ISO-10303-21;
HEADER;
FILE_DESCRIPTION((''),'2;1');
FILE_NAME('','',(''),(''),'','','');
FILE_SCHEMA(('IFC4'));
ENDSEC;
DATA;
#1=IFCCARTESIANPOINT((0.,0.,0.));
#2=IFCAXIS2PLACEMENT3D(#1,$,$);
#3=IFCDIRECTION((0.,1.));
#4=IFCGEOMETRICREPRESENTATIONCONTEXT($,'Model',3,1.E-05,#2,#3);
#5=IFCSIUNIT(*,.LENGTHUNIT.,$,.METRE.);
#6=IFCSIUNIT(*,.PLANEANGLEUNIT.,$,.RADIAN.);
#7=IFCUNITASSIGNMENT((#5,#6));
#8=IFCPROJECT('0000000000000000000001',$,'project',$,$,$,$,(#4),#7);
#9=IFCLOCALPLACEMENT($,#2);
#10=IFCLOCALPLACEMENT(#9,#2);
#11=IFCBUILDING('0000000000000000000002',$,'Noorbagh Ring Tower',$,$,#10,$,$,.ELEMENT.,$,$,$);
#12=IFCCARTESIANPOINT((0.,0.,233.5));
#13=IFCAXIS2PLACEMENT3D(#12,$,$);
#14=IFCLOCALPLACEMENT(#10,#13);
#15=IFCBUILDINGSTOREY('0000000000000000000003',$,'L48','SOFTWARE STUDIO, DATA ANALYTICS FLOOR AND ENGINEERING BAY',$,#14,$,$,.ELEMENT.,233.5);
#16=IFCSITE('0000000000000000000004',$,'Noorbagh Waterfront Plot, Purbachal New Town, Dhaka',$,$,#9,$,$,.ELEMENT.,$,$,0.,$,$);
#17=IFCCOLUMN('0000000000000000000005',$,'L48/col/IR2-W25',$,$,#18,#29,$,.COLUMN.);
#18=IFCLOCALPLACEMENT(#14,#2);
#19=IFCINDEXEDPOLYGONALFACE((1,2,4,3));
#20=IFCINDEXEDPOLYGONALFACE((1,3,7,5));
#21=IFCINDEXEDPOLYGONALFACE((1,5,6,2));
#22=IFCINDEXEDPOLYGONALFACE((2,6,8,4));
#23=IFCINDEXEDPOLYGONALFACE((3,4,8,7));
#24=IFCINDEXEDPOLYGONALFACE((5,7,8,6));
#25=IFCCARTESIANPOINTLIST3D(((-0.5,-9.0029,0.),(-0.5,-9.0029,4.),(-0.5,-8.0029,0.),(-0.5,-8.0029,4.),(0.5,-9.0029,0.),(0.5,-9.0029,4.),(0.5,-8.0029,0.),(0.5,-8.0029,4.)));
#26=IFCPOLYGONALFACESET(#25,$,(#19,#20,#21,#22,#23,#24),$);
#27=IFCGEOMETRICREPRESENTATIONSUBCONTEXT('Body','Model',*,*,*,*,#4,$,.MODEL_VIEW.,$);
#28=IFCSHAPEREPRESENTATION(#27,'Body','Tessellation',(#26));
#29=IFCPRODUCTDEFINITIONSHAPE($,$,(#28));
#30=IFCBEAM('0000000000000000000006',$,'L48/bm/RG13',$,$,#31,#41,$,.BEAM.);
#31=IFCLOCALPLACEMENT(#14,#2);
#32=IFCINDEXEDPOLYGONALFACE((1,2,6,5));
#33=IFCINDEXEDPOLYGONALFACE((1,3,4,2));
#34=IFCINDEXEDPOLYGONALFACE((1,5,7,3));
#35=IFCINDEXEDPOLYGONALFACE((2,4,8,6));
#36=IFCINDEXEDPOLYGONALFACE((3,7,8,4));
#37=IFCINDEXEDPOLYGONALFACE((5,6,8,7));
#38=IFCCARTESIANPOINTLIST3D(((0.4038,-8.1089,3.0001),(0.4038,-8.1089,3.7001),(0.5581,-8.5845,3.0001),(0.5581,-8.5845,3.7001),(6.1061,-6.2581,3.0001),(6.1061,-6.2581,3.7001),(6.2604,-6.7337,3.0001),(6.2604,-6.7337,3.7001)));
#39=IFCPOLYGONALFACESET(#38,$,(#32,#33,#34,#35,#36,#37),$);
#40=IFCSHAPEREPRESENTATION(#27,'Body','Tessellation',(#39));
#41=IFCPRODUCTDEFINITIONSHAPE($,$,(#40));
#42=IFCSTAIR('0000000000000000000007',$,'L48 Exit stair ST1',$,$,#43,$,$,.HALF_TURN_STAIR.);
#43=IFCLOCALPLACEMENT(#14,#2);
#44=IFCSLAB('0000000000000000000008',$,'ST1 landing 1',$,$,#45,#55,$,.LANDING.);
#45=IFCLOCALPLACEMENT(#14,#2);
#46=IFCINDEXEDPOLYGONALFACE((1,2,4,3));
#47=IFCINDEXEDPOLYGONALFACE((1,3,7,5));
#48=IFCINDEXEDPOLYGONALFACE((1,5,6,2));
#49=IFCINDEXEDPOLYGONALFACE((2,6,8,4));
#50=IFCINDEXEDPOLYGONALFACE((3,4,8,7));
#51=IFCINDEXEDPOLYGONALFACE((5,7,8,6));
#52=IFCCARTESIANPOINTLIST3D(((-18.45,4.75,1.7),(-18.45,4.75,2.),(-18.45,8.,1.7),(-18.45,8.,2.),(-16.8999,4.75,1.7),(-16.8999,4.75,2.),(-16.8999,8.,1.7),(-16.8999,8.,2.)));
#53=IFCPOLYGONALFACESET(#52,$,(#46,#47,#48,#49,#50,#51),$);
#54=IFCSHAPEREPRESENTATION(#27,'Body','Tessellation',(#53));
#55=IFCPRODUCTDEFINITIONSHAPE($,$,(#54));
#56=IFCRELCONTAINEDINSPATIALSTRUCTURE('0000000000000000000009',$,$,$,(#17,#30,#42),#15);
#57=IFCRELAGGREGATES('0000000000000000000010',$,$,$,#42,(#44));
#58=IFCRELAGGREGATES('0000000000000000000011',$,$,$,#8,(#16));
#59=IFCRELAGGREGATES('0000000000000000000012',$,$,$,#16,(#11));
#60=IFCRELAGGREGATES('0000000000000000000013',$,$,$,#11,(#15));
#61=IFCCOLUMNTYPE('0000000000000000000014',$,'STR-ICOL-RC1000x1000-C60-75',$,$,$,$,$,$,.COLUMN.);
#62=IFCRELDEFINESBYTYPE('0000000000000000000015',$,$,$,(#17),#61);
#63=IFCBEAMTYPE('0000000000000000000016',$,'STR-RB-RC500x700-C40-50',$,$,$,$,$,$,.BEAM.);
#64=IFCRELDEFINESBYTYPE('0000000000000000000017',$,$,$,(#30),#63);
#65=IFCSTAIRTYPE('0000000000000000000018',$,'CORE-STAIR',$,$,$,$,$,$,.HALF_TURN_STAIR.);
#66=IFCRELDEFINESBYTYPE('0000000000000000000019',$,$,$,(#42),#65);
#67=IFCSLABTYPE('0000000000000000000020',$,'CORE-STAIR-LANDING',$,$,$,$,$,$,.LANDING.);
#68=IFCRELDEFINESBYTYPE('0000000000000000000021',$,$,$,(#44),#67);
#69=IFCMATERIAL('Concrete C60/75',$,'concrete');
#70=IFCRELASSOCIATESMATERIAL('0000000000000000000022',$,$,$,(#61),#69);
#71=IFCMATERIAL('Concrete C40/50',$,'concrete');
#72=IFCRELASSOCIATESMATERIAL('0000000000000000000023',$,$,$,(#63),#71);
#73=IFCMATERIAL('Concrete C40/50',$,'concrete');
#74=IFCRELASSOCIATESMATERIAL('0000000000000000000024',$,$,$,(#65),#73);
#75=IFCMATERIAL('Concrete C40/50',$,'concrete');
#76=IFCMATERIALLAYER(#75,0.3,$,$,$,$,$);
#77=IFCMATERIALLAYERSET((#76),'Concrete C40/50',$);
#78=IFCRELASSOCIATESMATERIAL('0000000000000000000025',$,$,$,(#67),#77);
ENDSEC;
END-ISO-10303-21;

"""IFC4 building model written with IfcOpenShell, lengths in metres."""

from ifc_helpers import new_model, si_unit, direction, frame, origin, origin_2d, place, context, subcontext, project, spatial, polyline, rectangle, outline, extrude, material, layer, layer_set, material_profile, profile_set, type_object, element, aggregate, save


model = new_model("IFC4")

# Units and contexts
model_context = context("Model", 3, precision=1e-05, world=origin(), true_north=direction((0.0, 1.0)))
body_context = subcontext(model_context, "Body", "Model", "MODEL_VIEW")
ifc_project = project(units=[si_unit("LENGTHUNIT", "METRE"), si_unit("PLANEANGLEUNIT", "RADIAN")], contexts=[model_context])

# Site, building, storey
site_placement = place(None, origin())
site = spatial("IfcSite", under=ifc_project, at=site_placement, Name="Noorbagh Waterfront Plot, Purbachal New Town, Dhaka", CompositionType="ELEMENT", RefElevation=0.0)
building_placement = place(site_placement, origin())
building = spatial("IfcBuilding", under=site, at=building_placement, Name="Noorbagh Ring Tower", CompositionType="ELEMENT")
storey_placement = place(building_placement, frame((0.0, 0.0, 233.5)))
storey = spatial("IfcBuildingStorey", under=building, at=storey_placement, Name="L48", Description="SOFTWARE STUDIO, DATA ANALYTICS FLOOR AND ENGINEERING BAY", CompositionType="ELEMENT", Elevation=233.5)

# Column
ifc_material_1 = material(Name="Concrete C60/75", Category="concrete")
ifc_material_profile_1 = material_profile(ifc_material_1, rectangle(XDim=1.0, YDim=1.0, at=origin_2d()), Name="RC1000x1000")
ifc_profile_set_1 = profile_set([ifc_material_profile_1], Name="Concrete C60/75")
column_type = type_object("IfcColumnType", Name="STR-ICOL-RC1000x1000-C60-75", PredefinedType="COLUMN", material=ifc_profile_set_1)
column_placement = place(storey_placement, frame((0.0, -8.5029, 0.0), z_axis=(0.0, 0.0, 1.0), x_axis=(1.0, 0.0, 0.0)))
element("IfcColumn", 1, at=column_placement, inside=storey, type_object=column_type, Name="L48/col/IR2-W25", PredefinedType="COLUMN", context=body_context, shape_type="SweptSolid", body=[
    extrude(rectangle(XDim=1.0, YDim=1.0, at=origin_2d()), origin(), (0.0, 0.0, 1.0), 4.0),
])

# Beam
ifc_material_2 = material(Name="Concrete C40/50", Category="concrete")
ifc_material_profile_2 = material_profile(ifc_material_2, rectangle(XDim=0.5, YDim=0.7, at=origin_2d()), Name="RC500x700")
ifc_profile_set_2 = profile_set([ifc_material_profile_2], Name="Concrete C40/50")
beam_type = type_object("IfcBeamType", Name="STR-RB-RC500x700-C40-50", PredefinedType="BEAM", material=ifc_profile_set_2)
beam_placement = place(storey_placement, frame((0.481, -8.3467, 3.3501), z_axis=(0.951154, 0.308717, 0.0), x_axis=(-0.308717, 0.951154, 0.0)))
element("IfcBeam", 2, at=beam_placement, inside=storey, type_object=beam_type, Name="L48/bm/RG13", PredefinedType="BEAM", context=body_context, shape_type="SweptSolid", body=[
    extrude(rectangle(XDim=0.5, YDim=0.7, at=origin_2d()), origin(), (0.0, 0.0, 1.0), 5.9951),
])

# Stair, slab
ifc_material_3 = material(Name="Concrete C40/50", Category="concrete")
stair_type = type_object("IfcStairType", Name="CORE-STAIR", PredefinedType="HALF_TURN_STAIR", material=ifc_material_3)
stair_placement = place(storey_placement, origin())
stair = element("IfcStair", 3, at=stair_placement, inside=storey, type_object=stair_type, Name="L48 Exit stair ST1", PredefinedType="HALF_TURN_STAIR")
ifc_material_4 = material(Name="Concrete C40/50", Category="concrete")
ifc_layer_1 = layer(ifc_material_4, 0.3)
ifc_layer_set_1 = layer_set([ifc_layer_1], Name="Concrete C40/50")
slab_type_1 = type_object("IfcSlabType", Name="CORE-STAIR-LANDING", PredefinedType="LANDING", material=ifc_layer_set_1)
slab_1_placement = place(storey_placement, frame((0.0, 0.0, 1.7)))
slab_1 = element("IfcSlab", 4, at=slab_1_placement, type_object=slab_type_1, Name="ST1 landing 1", PredefinedType="LANDING", context=body_context, shape_type="SweptSolid", body=[
    extrude(outline(polyline([(-18.45, 4.75), (-16.8999, 4.75), (-16.8999, 8.0), (-18.45, 8.0), (-18.45, 4.75)])), origin(), (0.0, 0.0, 1.0), 0.3),
])
aggregate(stair, [slab_1])

save(model, "model.ifc")
